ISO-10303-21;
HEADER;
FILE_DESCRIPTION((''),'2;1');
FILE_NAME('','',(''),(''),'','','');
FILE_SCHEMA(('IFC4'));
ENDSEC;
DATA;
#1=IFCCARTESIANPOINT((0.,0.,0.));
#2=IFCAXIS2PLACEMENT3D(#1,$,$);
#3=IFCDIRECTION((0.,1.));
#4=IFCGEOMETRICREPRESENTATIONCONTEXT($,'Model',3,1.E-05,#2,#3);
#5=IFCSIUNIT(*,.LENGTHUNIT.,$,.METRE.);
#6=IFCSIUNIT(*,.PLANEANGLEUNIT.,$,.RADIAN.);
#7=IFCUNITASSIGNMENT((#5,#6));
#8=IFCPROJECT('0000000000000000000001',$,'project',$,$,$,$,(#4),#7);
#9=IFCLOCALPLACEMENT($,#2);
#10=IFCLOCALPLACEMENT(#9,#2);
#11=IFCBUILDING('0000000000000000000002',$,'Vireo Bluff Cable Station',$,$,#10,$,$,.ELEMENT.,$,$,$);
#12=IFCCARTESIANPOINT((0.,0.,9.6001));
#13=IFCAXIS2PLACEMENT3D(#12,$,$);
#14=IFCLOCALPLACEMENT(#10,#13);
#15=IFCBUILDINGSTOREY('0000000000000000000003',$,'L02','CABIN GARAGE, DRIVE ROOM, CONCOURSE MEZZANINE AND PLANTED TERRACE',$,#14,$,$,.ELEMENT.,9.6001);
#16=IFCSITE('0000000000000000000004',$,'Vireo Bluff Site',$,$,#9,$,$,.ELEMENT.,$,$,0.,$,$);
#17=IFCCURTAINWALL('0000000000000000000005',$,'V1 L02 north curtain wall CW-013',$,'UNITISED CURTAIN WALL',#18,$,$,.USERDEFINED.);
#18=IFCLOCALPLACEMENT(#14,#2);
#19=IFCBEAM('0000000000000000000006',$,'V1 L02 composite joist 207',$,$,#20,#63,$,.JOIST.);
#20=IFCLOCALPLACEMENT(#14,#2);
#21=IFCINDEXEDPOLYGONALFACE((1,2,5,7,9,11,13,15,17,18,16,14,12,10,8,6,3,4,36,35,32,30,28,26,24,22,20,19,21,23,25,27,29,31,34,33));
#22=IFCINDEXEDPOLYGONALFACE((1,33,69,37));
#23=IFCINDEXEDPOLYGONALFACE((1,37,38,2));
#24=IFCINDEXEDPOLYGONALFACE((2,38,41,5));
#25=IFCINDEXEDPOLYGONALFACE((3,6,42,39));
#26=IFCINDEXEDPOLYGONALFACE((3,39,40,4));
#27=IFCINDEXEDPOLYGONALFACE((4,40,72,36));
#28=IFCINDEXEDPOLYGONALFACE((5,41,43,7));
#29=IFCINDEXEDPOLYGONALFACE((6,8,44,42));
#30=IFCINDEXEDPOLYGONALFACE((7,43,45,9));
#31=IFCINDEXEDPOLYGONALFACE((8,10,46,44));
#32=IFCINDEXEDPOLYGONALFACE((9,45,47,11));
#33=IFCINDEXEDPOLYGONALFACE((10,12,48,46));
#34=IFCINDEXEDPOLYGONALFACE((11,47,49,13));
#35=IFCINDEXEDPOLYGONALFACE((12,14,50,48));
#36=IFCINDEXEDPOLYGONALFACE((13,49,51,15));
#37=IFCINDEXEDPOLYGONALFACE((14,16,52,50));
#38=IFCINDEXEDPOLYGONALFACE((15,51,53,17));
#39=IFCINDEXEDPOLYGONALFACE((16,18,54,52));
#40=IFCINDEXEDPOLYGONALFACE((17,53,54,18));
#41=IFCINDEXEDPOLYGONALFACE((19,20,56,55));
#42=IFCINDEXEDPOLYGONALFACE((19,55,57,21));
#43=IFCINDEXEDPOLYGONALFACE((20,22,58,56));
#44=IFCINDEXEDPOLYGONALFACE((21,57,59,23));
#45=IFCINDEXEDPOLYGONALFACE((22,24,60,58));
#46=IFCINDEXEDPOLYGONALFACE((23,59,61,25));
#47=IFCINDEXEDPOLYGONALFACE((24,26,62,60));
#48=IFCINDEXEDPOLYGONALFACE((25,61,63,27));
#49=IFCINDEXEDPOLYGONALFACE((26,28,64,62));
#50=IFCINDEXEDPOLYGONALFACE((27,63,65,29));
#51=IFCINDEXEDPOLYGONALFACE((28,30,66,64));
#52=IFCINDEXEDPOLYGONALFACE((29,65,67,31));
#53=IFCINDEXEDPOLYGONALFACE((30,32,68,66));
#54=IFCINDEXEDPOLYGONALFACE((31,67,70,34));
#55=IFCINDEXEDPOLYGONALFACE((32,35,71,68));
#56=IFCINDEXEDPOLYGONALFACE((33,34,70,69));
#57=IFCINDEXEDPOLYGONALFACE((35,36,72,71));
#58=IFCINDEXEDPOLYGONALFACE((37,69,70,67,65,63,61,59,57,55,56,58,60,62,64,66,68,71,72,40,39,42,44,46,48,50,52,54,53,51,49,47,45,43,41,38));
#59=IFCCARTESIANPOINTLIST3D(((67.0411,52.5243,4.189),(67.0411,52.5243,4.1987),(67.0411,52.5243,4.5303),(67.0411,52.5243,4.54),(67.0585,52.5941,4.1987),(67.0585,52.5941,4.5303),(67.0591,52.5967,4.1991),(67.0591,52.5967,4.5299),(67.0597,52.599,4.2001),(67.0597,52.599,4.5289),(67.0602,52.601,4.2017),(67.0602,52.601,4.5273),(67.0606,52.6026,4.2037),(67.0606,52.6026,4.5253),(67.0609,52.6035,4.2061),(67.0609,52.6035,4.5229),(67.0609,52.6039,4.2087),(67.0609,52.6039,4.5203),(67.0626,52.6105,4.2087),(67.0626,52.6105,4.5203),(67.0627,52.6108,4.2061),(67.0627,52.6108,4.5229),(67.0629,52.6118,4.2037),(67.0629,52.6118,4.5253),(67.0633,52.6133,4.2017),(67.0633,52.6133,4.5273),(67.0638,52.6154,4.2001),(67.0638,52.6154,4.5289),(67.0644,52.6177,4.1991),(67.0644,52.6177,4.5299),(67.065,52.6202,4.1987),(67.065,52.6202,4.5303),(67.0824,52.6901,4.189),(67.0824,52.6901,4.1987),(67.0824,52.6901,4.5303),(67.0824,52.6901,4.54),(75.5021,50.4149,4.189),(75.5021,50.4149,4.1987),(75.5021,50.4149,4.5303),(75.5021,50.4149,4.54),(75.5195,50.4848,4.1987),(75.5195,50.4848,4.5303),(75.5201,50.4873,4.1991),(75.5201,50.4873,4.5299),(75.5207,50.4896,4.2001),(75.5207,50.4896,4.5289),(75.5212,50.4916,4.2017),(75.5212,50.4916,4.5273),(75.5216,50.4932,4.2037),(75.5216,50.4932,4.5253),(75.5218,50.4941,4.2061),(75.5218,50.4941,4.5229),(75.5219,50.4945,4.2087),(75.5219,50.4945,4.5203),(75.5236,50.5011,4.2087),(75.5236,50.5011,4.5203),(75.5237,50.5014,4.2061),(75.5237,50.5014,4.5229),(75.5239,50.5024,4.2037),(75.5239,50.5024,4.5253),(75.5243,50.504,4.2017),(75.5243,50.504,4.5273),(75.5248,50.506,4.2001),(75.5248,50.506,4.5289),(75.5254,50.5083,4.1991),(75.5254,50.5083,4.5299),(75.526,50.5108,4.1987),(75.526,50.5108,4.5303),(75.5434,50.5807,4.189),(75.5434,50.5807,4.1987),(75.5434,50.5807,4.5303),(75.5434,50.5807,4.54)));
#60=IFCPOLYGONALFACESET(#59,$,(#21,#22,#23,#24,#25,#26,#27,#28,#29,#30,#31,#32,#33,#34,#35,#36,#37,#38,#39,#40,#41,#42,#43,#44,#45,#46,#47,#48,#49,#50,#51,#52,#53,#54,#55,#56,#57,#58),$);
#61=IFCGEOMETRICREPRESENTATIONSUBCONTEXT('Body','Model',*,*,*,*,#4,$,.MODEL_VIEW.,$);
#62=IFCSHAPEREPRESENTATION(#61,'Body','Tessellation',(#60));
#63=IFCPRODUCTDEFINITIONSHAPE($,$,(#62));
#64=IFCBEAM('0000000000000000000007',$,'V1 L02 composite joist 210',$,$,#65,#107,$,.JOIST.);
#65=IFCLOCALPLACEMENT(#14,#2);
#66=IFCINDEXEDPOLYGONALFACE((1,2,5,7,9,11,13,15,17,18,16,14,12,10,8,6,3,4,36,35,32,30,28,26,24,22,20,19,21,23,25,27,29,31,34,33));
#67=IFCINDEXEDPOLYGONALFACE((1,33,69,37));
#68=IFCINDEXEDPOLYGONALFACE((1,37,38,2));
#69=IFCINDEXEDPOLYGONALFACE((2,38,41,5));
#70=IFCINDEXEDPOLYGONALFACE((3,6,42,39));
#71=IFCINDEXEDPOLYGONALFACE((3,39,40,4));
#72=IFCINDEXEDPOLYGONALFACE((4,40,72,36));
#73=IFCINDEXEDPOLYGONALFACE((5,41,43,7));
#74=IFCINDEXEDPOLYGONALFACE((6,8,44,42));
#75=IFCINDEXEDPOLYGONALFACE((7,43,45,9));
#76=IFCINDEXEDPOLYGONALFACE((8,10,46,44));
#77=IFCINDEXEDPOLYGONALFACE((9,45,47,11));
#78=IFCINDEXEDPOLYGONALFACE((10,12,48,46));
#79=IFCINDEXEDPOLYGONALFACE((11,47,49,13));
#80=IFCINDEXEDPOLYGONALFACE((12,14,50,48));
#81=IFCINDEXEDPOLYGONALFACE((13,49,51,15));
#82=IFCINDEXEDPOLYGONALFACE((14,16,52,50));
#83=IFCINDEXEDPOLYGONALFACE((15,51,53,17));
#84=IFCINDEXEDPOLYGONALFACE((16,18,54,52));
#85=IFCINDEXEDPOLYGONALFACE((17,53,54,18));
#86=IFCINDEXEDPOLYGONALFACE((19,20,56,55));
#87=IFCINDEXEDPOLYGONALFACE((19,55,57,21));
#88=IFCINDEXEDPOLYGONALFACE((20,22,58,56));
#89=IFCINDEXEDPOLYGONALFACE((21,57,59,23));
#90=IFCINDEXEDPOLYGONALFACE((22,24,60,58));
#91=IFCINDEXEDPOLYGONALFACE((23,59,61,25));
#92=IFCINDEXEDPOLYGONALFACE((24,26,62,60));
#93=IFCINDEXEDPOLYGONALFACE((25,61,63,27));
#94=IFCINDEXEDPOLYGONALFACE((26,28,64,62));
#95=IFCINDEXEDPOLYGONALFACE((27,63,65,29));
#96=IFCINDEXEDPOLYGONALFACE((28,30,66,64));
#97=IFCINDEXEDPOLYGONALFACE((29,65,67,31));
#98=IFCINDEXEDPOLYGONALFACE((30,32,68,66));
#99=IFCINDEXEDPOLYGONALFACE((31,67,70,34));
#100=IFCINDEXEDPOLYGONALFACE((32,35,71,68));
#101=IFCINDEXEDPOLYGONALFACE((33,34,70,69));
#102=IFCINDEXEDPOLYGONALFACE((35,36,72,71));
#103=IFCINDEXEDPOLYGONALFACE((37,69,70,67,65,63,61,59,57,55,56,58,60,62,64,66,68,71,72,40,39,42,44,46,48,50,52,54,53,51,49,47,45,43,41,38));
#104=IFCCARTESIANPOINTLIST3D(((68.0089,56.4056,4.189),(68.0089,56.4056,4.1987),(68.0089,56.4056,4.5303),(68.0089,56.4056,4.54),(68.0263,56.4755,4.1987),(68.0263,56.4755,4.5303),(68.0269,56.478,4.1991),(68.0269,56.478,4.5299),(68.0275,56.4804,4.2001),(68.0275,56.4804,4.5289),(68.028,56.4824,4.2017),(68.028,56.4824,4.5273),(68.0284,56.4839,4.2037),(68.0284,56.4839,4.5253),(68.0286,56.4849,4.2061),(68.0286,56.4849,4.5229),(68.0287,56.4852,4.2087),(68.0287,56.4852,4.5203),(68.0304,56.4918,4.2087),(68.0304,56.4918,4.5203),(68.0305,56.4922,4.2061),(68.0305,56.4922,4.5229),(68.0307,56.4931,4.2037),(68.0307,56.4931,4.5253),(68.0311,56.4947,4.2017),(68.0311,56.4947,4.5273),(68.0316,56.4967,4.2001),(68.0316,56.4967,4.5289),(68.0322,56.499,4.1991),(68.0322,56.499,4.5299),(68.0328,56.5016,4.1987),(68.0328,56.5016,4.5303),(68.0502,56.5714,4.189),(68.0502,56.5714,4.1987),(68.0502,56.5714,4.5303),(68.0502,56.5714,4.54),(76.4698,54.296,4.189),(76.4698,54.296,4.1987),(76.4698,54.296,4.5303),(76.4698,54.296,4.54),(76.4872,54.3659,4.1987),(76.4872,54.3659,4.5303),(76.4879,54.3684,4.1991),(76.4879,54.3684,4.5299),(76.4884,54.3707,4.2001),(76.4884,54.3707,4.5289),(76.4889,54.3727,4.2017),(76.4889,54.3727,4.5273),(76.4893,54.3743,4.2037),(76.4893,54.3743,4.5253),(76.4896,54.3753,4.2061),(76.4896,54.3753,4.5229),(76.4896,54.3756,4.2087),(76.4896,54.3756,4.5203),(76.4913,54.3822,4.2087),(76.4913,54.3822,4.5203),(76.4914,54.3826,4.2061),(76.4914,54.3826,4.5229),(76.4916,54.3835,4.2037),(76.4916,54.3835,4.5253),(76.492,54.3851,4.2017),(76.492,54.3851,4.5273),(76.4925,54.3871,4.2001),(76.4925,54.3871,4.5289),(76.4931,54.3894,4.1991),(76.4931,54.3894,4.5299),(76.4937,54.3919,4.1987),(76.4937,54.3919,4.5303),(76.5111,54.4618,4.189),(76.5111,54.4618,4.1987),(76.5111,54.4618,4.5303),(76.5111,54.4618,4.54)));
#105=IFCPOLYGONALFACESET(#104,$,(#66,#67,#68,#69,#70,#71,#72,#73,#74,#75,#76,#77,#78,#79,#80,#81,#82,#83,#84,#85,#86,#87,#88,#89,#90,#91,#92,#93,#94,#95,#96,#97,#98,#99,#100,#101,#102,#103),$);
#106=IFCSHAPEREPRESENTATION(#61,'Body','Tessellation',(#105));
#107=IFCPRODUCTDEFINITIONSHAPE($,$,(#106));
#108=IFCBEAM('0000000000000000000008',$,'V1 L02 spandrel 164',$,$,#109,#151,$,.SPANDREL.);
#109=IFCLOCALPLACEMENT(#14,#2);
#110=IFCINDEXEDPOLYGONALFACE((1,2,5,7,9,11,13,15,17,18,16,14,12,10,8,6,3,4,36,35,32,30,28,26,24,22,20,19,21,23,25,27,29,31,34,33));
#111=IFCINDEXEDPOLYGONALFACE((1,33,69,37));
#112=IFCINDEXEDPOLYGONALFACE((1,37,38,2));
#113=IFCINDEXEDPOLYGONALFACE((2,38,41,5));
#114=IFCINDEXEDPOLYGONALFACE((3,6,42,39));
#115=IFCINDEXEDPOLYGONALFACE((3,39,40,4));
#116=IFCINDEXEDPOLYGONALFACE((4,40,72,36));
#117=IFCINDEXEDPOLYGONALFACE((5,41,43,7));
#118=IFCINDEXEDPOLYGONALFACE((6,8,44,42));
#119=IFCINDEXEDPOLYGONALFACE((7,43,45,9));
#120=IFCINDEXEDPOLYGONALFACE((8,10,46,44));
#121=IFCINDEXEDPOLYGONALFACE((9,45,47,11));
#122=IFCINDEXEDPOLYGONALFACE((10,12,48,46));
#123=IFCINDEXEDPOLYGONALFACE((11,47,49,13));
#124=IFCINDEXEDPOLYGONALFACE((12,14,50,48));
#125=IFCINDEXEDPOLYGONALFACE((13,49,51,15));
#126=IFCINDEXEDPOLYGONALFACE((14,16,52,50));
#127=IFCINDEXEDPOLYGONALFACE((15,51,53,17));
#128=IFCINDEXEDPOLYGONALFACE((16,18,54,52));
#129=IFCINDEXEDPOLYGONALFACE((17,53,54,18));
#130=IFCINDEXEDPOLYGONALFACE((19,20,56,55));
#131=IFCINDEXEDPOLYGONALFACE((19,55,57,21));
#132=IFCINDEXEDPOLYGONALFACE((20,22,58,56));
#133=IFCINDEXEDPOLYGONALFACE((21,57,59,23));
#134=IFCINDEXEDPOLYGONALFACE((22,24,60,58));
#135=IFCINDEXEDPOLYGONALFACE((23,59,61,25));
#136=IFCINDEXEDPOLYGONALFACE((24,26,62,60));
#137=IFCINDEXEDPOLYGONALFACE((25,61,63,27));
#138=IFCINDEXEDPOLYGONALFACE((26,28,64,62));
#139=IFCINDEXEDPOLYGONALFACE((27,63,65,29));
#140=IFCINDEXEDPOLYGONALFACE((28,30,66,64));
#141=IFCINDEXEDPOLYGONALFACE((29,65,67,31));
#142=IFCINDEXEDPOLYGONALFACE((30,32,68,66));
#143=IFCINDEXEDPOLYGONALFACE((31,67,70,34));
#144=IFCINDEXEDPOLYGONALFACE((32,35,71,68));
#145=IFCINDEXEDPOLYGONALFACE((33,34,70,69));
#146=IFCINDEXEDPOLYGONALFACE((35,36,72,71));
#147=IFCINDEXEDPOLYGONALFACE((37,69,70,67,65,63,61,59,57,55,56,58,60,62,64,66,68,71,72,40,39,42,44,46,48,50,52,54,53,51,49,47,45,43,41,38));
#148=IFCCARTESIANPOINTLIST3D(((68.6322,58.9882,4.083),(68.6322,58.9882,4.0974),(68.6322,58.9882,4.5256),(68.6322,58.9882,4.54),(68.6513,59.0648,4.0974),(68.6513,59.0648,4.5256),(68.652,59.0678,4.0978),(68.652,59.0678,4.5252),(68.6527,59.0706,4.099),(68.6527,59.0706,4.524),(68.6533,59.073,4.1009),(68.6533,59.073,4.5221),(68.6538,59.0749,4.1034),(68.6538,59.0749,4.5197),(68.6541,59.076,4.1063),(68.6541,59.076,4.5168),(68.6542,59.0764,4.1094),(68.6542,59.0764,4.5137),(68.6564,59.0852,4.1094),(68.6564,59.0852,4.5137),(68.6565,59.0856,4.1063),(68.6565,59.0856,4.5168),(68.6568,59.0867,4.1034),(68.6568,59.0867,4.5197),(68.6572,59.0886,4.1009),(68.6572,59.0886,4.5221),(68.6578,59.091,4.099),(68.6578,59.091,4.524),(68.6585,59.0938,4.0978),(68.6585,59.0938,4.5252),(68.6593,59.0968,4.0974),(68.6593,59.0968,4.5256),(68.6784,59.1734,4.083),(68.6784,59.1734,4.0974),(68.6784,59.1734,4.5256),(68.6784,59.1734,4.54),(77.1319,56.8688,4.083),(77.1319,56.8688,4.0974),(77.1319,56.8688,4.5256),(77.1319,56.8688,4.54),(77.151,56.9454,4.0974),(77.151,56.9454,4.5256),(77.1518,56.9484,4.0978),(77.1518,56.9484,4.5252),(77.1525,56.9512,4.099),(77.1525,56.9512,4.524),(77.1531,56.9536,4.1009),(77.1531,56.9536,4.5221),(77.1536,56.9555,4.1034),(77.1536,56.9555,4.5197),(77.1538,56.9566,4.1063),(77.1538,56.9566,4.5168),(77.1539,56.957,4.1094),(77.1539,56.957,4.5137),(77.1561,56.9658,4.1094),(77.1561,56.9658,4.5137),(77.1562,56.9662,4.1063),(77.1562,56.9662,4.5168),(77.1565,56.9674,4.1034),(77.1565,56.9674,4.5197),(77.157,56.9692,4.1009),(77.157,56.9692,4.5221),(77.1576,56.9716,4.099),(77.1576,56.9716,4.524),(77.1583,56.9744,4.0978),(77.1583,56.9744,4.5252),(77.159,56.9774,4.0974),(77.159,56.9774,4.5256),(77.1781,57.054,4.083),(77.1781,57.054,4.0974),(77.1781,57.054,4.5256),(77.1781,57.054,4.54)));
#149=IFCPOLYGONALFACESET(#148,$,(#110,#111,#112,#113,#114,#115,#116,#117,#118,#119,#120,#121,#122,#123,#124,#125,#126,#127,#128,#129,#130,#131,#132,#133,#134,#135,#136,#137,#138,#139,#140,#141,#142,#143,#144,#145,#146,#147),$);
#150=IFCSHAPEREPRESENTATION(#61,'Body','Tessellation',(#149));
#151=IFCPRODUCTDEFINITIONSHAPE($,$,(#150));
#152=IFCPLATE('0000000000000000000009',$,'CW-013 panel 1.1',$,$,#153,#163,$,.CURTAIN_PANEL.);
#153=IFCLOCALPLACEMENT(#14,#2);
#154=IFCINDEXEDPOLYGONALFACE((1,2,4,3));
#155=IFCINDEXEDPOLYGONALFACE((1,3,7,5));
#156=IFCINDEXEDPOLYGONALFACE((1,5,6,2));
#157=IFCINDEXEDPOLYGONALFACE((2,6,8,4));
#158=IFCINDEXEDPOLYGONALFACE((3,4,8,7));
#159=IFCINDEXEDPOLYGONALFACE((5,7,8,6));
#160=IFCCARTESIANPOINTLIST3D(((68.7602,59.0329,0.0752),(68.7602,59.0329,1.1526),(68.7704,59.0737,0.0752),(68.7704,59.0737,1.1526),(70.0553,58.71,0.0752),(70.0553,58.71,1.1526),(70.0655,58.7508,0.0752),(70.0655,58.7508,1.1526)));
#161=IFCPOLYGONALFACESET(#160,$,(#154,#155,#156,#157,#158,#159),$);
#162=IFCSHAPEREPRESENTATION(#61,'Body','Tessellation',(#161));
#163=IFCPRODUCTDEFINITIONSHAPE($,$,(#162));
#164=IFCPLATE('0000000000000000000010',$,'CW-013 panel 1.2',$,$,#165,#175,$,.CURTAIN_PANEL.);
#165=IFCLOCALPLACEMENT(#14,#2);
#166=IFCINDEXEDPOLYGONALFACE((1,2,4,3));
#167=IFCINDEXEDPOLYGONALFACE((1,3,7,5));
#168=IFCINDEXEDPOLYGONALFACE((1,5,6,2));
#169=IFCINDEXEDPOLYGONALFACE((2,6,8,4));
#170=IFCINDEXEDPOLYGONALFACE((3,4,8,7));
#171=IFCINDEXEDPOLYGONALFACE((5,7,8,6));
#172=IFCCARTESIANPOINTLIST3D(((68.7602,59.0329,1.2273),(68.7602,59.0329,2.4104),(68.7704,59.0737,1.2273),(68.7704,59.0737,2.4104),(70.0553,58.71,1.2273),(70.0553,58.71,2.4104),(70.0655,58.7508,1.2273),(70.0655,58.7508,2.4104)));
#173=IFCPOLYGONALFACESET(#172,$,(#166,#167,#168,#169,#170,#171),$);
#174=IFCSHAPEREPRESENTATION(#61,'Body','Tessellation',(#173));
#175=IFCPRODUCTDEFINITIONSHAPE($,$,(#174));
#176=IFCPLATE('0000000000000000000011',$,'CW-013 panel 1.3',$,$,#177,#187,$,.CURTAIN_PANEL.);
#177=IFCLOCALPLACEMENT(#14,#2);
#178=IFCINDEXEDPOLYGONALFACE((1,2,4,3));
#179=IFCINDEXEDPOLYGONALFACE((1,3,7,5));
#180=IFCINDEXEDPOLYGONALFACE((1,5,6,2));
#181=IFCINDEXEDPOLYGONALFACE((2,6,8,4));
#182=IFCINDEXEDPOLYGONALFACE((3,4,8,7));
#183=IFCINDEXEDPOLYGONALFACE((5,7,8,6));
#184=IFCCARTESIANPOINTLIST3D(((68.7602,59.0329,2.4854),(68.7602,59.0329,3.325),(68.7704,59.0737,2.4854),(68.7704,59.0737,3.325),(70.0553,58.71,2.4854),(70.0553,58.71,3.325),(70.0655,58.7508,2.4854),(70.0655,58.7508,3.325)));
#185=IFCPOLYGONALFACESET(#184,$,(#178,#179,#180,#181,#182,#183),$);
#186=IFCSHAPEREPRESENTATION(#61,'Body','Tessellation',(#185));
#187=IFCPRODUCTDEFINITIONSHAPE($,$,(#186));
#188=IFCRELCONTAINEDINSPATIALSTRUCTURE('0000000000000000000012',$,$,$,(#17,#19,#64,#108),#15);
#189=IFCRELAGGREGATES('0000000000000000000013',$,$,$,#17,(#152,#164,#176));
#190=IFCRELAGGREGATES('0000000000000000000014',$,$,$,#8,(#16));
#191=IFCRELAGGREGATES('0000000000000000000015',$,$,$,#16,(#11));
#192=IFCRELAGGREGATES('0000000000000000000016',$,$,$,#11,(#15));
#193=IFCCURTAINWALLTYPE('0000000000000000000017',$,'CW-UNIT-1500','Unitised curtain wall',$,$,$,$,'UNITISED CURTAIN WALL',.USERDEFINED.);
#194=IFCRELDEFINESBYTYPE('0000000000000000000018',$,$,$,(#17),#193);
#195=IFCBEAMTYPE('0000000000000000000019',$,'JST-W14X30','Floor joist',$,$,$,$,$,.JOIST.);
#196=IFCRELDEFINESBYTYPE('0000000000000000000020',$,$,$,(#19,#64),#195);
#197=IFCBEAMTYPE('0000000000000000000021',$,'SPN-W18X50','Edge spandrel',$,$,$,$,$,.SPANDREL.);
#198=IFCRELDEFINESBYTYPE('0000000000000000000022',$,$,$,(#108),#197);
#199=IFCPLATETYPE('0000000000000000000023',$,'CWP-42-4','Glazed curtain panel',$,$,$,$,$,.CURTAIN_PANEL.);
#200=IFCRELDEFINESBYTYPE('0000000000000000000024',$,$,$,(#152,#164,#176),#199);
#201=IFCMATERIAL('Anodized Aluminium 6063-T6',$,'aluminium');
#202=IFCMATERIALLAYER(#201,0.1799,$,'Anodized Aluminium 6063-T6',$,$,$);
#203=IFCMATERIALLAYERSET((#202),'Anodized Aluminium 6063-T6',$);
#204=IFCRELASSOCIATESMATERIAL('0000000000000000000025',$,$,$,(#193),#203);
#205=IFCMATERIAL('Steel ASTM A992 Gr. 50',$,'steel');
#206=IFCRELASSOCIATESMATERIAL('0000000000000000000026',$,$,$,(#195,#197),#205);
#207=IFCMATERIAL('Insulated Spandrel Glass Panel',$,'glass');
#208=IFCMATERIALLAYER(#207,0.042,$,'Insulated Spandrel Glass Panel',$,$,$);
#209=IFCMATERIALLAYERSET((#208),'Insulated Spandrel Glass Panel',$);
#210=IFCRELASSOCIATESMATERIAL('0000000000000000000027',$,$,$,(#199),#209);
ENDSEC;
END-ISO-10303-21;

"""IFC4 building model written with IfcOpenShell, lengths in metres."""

from ifc_helpers import new_model, si_unit, direction, frame, origin, origin_2d, place, context, subcontext, project, spatial, rectangle, i_section, extrude, material, layer, layer_set, material_profile, profile_set, type_object, element, aggregate, save


model = new_model("IFC4")

# Units and contexts
model_context = context("Model", 3, precision=1e-05, world=origin(), true_north=direction((0.0, 1.0)))
body_context = subcontext(model_context, "Body", "Model", "MODEL_VIEW")
ifc_project = project(units=[si_unit("LENGTHUNIT", "METRE"), si_unit("PLANEANGLEUNIT", "RADIAN")], contexts=[model_context])

# Site, building, storey
site_placement = place(None, origin())
site = spatial("IfcSite", under=ifc_project, at=site_placement, Name="Vireo Bluff Site", CompositionType="ELEMENT", RefElevation=0.0)
building_placement = place(site_placement, origin())
building = spatial("IfcBuilding", under=site, at=building_placement, Name="Vireo Bluff Cable Station", CompositionType="ELEMENT")
storey_placement = place(building_placement, frame((0.0, 0.0, 9.6001)))
storey = spatial("IfcBuildingStorey", under=building, at=storey_placement, Name="L02", Description="CABIN GARAGE, DRIVE ROOM, CONCOURSE MEZZANINE AND PLANTED TERRACE", CompositionType="ELEMENT", Elevation=9.6001)

# Shared definitions
ifc_material_1 = material(Name="Steel ASTM A992 Gr. 50", Category="steel")

# Curtain wall
ifc_material_2 = material(Name="Anodized Aluminium 6063-T6", Category="aluminium")
ifc_layer_1 = layer(ifc_material_2, 0.1799, Name="Anodized Aluminium 6063-T6")
ifc_layer_set_1 = layer_set([ifc_layer_1], Name="Anodized Aluminium 6063-T6")
curtain_wall_type = type_object("IfcCurtainWallType", Name="CW-UNIT-1500", Description="Unitised curtain wall", ElementType="UNITISED CURTAIN WALL", PredefinedType="USERDEFINED", material=ifc_layer_set_1)
curtain_wall_placement = place(storey_placement, origin())
curtain_wall = element("IfcCurtainWall", 1, at=curtain_wall_placement, inside=storey, type_object=curtain_wall_type, Name="V1 L02 north curtain wall CW-013", ObjectType="UNITISED CURTAIN WALL", PredefinedType="USERDEFINED")

# Beams
ifc_material_profile_1 = material_profile(ifc_material_1, i_section(OverallWidth=0.1709, OverallDepth=0.3511, WebThickness=0.0068, FlangeThickness=0.0098, FilletRadius=0.01, at=origin_2d()), Name="W14X30")
ifc_profile_set_1 = profile_set([ifc_material_profile_1], Name="Steel ASTM A992 Gr. 50")
beam_type_1 = type_object("IfcBeamType", Name="JST-W14X30", Description="Floor joist", PredefinedType="JOIST", material=ifc_profile_set_1)
for number, where, z_axis, x_axis, name in (
    (2, (67.0618, 52.6072, 4.3645), (0.9703, -0.241903, 0.0), (0.241903, 0.9703, 0.0), "V1 L02 composite joist 207"),
    (3, (68.0295, 56.4885, 4.3645), (0.970294, -0.24193, 0.0), (0.24193, 0.970294, 0.0), "V1 L02 composite joist 210"),
):
    element("IfcBeam", number, at=place(storey_placement, frame(where, z_axis=z_axis, x_axis=x_axis)), inside=storey, type_object=beam_type_1, Name=name, PredefinedType="JOIST", context=body_context, shape_type="SweptSolid", body=[
        extrude(i_section(OverallWidth=0.1709, OverallDepth=0.3511, WebThickness=0.0068, FlangeThickness=0.0098, FilletRadius=0.01, at=origin_2d()), origin(), (0.0, 0.0, 1.0), 8.72),
    ])
ifc_material_profile_2 = material_profile(ifc_material_1, i_section(OverallWidth=0.1909, OverallDepth=0.457, WebThickness=0.009, FlangeThickness=0.0144, FilletRadius=0.012, at=origin_2d()), Name="W18X50")
ifc_profile_set_2 = profile_set([ifc_material_profile_2], Name="Steel ASTM A992 Gr. 50")
beam_type_2 = type_object("IfcBeamType", Name="SPN-W18X50", Description="Edge spandrel", PredefinedType="SPANDREL", material=ifc_profile_set_2)
beam_1_placement = place(storey_placement, frame((68.6553, 59.0808, 4.3115), z_axis=(0.970292, -0.241939, 0.0), x_axis=(0.241939, 0.970292, 0.0)))
element("IfcBeam", 4, at=beam_1_placement, inside=storey, type_object=beam_type_2, Name="V1 L02 spandrel 164", PredefinedType="SPANDREL", context=body_context, shape_type="SweptSolid", body=[
    extrude(i_section(OverallWidth=0.1909, OverallDepth=0.457, WebThickness=0.009, FlangeThickness=0.0144, FilletRadius=0.012, at=origin_2d()), origin(), (0.0, 0.0, 1.0), 8.76),
])

# Plates
ifc_material_3 = material(Name="Insulated Spandrel Glass Panel", Category="glass")
ifc_layer_2 = layer(ifc_material_3, 0.042, Name="Insulated Spandrel Glass Panel")
ifc_layer_set_2 = layer_set([ifc_layer_2], Name="Insulated Spandrel Glass Panel")
plate_type_1 = type_object("IfcPlateType", Name="CWP-42-4", Description="Glazed curtain panel", PredefinedType="CURTAIN_PANEL", material=ifc_layer_set_2)
plate_1_placement = place(storey_placement, frame((69.4128, 58.8918, 0.0752), z_axis=(0.0, 0.0, 1.0), x_axis=(0.970296, -0.241922, 0.0)))
plate_1 = element("IfcPlate", 5, at=plate_1_placement, type_object=plate_type_1, Name="CW-013 panel 1.1", PredefinedType="CURTAIN_PANEL", context=body_context, shape_type="SweptSolid", body=[
    extrude(rectangle(XDim=1.3347, YDim=0.042, at=origin_2d()), origin(), (0.0, 0.0, 1.0), 1.0774),
])
plate_2_placement = place(storey_placement, frame((69.4128, 58.8918, 1.2273), z_axis=(0.0, 0.0, 1.0), x_axis=(0.970296, -0.241922, 0.0)))
plate_2 = element("IfcPlate", 6, at=plate_2_placement, type_object=plate_type_1, Name="CW-013 panel 1.2", PredefinedType="CURTAIN_PANEL", context=body_context, shape_type="SweptSolid", body=[
    extrude(rectangle(XDim=1.3347, YDim=0.042, at=origin_2d()), origin(), (0.0, 0.0, 1.0), 1.1831),
])
plate_3_placement = place(storey_placement, frame((69.4128, 58.8918, 2.4854), z_axis=(0.0, 0.0, 1.0), x_axis=(0.970296, -0.241922, 0.0)))
plate_3 = element("IfcPlate", 7, at=plate_3_placement, type_object=plate_type_1, Name="CW-013 panel 1.3", PredefinedType="CURTAIN_PANEL", context=body_context, shape_type="SweptSolid", body=[
    extrude(rectangle(XDim=1.3347, YDim=0.042, at=origin_2d()), origin(), (0.0, 0.0, 1.0), 0.8396),
])
aggregate(curtain_wall, [plate_1, plate_2, plate_3])

save(model, "model.ifc")
